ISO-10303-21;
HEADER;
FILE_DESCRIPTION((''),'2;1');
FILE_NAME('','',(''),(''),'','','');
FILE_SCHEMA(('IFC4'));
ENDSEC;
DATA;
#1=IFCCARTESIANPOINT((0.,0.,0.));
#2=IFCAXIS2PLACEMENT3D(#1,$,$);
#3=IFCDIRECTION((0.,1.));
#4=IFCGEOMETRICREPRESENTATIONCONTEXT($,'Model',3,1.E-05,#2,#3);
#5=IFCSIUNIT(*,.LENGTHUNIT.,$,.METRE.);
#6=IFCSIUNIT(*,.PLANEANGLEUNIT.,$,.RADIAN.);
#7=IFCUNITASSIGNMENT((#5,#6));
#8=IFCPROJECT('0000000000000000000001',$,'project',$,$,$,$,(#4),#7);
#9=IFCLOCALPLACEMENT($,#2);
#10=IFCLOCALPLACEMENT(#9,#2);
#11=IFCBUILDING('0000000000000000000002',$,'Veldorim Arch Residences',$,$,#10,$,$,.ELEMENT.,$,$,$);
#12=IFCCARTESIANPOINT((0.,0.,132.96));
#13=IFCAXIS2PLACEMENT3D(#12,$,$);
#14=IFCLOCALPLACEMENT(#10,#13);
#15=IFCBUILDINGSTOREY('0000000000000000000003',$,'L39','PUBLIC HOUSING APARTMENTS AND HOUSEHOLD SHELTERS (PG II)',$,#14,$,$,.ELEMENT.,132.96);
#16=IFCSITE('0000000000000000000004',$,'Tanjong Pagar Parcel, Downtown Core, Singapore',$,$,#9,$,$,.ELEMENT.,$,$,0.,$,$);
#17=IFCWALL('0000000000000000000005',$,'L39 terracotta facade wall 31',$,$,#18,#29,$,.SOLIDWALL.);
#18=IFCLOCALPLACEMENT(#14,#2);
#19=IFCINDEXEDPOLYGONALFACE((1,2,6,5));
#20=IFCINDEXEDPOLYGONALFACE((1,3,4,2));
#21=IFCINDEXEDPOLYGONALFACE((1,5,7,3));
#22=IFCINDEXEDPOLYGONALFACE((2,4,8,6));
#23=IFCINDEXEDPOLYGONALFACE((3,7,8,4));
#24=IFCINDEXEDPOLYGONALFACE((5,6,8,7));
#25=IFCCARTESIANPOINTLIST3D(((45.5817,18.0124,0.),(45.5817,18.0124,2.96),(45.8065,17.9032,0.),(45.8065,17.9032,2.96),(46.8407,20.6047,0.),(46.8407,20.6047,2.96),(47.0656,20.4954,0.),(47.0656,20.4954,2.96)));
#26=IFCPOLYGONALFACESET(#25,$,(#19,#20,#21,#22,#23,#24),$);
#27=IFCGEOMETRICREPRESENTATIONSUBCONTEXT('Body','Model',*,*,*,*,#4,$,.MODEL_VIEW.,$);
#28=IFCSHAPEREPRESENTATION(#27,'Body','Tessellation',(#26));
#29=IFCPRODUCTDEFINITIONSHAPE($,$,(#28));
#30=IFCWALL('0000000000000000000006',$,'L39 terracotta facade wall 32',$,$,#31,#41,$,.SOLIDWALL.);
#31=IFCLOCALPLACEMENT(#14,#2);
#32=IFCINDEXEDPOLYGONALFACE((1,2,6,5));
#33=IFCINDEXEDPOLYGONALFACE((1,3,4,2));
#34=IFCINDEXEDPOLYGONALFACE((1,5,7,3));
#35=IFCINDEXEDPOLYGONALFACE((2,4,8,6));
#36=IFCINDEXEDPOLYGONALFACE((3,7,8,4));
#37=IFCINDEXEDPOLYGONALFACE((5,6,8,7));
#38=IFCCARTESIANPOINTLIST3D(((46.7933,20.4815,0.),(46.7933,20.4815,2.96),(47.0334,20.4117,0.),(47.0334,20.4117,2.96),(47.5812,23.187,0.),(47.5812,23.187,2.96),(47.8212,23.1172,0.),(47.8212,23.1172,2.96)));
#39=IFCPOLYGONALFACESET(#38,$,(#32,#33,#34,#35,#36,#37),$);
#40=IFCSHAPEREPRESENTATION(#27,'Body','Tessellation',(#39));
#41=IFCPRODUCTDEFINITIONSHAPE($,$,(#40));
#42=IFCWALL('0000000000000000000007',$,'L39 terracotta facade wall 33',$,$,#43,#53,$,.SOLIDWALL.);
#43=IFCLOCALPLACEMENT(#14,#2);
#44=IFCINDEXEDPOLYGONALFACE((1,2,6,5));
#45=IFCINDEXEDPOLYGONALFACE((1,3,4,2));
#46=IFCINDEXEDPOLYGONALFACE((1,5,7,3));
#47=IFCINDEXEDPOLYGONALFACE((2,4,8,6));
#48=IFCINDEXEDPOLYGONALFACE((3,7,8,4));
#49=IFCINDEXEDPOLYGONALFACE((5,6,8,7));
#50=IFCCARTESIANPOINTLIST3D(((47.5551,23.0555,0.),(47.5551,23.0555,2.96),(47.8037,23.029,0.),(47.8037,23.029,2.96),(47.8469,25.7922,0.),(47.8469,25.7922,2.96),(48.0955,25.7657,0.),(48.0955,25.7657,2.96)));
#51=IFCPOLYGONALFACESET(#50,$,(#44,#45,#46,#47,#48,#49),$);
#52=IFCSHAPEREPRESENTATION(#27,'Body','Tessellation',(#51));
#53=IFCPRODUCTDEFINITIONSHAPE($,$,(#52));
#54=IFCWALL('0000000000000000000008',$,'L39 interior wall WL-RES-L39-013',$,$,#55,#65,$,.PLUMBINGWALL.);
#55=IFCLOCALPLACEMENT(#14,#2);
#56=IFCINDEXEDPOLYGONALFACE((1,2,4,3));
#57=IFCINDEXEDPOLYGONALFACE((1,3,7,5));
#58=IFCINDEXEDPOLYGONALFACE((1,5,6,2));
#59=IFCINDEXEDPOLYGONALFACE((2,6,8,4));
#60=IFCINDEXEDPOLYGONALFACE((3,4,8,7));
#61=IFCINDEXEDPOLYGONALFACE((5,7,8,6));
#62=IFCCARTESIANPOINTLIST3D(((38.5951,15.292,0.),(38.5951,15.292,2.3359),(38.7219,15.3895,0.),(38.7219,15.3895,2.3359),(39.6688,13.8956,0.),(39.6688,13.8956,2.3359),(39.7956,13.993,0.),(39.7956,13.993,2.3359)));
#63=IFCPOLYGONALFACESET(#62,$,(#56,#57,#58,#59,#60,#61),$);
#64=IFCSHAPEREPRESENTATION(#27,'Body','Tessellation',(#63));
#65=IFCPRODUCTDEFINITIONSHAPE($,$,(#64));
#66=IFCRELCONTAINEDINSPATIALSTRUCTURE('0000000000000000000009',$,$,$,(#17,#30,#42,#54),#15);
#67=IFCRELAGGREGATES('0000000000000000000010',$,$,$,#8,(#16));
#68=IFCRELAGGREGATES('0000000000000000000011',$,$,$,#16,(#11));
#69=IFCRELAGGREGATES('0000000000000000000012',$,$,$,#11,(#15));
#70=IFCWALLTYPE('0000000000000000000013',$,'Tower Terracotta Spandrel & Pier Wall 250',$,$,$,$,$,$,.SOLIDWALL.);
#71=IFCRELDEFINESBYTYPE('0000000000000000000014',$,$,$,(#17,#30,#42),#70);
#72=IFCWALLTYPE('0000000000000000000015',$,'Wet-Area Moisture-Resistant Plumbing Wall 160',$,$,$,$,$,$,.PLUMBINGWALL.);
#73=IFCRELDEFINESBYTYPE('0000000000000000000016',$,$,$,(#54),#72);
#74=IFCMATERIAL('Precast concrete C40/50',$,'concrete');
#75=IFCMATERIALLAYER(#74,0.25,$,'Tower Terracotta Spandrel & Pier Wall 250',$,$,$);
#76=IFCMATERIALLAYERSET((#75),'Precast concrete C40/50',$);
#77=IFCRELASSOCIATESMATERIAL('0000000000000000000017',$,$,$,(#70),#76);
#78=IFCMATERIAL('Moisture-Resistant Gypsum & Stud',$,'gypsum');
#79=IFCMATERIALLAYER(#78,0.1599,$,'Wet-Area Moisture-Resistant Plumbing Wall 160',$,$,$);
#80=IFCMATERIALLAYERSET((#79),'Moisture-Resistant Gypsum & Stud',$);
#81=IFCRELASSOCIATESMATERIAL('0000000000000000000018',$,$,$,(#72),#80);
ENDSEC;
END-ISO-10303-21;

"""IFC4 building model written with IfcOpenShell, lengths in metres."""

from ifc_helpers import new_model, si_unit, direction, frame, frame_2d, origin, place, context, subcontext, project, spatial, rectangle, extrude, material, layer, layer_set, type_object, element, save


model = new_model("IFC4")

# Units and contexts
model_context = context("Model", 3, precision=1e-05, world=origin(), true_north=direction((0.0, 1.0)))
body_context = subcontext(model_context, "Body", "Model", "MODEL_VIEW")
ifc_project = project(units=[si_unit("LENGTHUNIT", "METRE"), si_unit("PLANEANGLEUNIT", "RADIAN")], contexts=[model_context])

# Site, building, storey
site_placement = place(None, origin())
site = spatial("IfcSite", under=ifc_project, at=site_placement, Name="Tanjong Pagar Parcel, Downtown Core, Singapore", CompositionType="ELEMENT", RefElevation=0.0)
building_placement = place(site_placement, origin())
building = spatial("IfcBuilding", under=site, at=building_placement, Name="Veldorim Arch Residences", CompositionType="ELEMENT")
storey_placement = place(building_placement, frame((0.0, 0.0, 132.96)))
storey = spatial("IfcBuildingStorey", under=building, at=storey_placement, Name="L39", Description="PUBLIC HOUSING APARTMENTS AND HOUSEHOLD SHELTERS (PG II)", CompositionType="ELEMENT", Elevation=132.96)

# Shared definitions
ifc_material_1 = material(Name="Precast concrete C40/50", Category="concrete")
ifc_layer_1 = layer(ifc_material_1, 0.25, Name="Tower Terracotta Spandrel & Pier Wall 250")
ifc_layer_set_1 = layer_set([ifc_layer_1], Name="Precast concrete C40/50")
wall_type_1 = type_object("IfcWallType", Name="Tower Terracotta Spandrel & Pier Wall 250", PredefinedType="SOLIDWALL", material=ifc_layer_set_1)

# Walls
wall_1_placement = place(storey_placement, frame((46.9531, 20.55, 0.0), z_axis=(0.0, 0.0, 1.0), x_axis=(-0.436882, -0.899519, 0.0)))
element("IfcWall", 1, at=wall_1_placement, inside=storey, type_object=wall_type_1, Name="L39 terracotta facade wall 31", PredefinedType="SOLIDWALL", context=body_context, shape_type="SweptSolid", body=[
    extrude(rectangle(XDim=2.8818, YDim=0.25, at=frame_2d((1.4409, 0.0))), origin(), (0.0, 0.0, 1.0), 2.96),
])
wall_2_placement = place(storey_placement, frame((47.7012, 23.1521, 0.0), z_axis=(0.0, 0.0, 1.0), x_axis=(-0.279581, -0.960122, 0.0)))
element("IfcWall", 2, at=wall_2_placement, inside=storey, type_object=wall_type_1, Name="L39 terracotta facade wall 32", PredefinedType="SOLIDWALL", context=body_context, shape_type="SweptSolid", body=[
    extrude(rectangle(XDim=2.8179, YDim=0.25, at=frame_2d((1.4089, 0.0))), origin(), (0.0, 0.0, 1.0), 2.96),
])
wall_3_placement = place(storey_placement, frame((47.9712, 25.7788, 0.0), z_axis=(0.0, 0.0, 1.0), x_axis=(-0.10601, -0.994365, 0.0)))
element("IfcWall", 3, at=wall_3_placement, inside=storey, type_object=wall_type_1, Name="L39 terracotta facade wall 33", PredefinedType="SOLIDWALL", context=body_context, shape_type="SweptSolid", body=[
    extrude(rectangle(XDim=2.7522, YDim=0.25, at=frame_2d((1.376, 0.0))), origin(), (0.0, 0.0, 1.0), 2.96),
])
ifc_material_2 = material(Name="Moisture-Resistant Gypsum & Stud", Category="gypsum")
ifc_layer_2 = layer(ifc_material_2, 0.1599, Name="Wet-Area Moisture-Resistant Plumbing Wall 160")
ifc_layer_set_2 = layer_set([ifc_layer_2], Name="Moisture-Resistant Gypsum & Stud")
wall_type_2 = type_object("IfcWallType", Name="Wet-Area Moisture-Resistant Plumbing Wall 160", PredefinedType="PLUMBINGWALL", material=ifc_layer_set_2)
wall_4_placement = place(storey_placement, frame((38.6584, 15.3408, 0.0), z_axis=(0.0, 0.0, 1.0), x_axis=(0.609537, -0.792758, 0.0)))
element("IfcWall", 4, at=wall_4_placement, inside=storey, type_object=wall_type_2, Name="L39 interior wall WL-RES-L39-013", PredefinedType="PLUMBINGWALL", context=body_context, shape_type="SweptSolid", body=[
    extrude(rectangle(XDim=1.7615, YDim=0.1599, at=frame_2d((0.8809, 0.0))), origin(), (0.0, 0.0, 1.0), 2.3359),
])

save(model, "model.ifc")
